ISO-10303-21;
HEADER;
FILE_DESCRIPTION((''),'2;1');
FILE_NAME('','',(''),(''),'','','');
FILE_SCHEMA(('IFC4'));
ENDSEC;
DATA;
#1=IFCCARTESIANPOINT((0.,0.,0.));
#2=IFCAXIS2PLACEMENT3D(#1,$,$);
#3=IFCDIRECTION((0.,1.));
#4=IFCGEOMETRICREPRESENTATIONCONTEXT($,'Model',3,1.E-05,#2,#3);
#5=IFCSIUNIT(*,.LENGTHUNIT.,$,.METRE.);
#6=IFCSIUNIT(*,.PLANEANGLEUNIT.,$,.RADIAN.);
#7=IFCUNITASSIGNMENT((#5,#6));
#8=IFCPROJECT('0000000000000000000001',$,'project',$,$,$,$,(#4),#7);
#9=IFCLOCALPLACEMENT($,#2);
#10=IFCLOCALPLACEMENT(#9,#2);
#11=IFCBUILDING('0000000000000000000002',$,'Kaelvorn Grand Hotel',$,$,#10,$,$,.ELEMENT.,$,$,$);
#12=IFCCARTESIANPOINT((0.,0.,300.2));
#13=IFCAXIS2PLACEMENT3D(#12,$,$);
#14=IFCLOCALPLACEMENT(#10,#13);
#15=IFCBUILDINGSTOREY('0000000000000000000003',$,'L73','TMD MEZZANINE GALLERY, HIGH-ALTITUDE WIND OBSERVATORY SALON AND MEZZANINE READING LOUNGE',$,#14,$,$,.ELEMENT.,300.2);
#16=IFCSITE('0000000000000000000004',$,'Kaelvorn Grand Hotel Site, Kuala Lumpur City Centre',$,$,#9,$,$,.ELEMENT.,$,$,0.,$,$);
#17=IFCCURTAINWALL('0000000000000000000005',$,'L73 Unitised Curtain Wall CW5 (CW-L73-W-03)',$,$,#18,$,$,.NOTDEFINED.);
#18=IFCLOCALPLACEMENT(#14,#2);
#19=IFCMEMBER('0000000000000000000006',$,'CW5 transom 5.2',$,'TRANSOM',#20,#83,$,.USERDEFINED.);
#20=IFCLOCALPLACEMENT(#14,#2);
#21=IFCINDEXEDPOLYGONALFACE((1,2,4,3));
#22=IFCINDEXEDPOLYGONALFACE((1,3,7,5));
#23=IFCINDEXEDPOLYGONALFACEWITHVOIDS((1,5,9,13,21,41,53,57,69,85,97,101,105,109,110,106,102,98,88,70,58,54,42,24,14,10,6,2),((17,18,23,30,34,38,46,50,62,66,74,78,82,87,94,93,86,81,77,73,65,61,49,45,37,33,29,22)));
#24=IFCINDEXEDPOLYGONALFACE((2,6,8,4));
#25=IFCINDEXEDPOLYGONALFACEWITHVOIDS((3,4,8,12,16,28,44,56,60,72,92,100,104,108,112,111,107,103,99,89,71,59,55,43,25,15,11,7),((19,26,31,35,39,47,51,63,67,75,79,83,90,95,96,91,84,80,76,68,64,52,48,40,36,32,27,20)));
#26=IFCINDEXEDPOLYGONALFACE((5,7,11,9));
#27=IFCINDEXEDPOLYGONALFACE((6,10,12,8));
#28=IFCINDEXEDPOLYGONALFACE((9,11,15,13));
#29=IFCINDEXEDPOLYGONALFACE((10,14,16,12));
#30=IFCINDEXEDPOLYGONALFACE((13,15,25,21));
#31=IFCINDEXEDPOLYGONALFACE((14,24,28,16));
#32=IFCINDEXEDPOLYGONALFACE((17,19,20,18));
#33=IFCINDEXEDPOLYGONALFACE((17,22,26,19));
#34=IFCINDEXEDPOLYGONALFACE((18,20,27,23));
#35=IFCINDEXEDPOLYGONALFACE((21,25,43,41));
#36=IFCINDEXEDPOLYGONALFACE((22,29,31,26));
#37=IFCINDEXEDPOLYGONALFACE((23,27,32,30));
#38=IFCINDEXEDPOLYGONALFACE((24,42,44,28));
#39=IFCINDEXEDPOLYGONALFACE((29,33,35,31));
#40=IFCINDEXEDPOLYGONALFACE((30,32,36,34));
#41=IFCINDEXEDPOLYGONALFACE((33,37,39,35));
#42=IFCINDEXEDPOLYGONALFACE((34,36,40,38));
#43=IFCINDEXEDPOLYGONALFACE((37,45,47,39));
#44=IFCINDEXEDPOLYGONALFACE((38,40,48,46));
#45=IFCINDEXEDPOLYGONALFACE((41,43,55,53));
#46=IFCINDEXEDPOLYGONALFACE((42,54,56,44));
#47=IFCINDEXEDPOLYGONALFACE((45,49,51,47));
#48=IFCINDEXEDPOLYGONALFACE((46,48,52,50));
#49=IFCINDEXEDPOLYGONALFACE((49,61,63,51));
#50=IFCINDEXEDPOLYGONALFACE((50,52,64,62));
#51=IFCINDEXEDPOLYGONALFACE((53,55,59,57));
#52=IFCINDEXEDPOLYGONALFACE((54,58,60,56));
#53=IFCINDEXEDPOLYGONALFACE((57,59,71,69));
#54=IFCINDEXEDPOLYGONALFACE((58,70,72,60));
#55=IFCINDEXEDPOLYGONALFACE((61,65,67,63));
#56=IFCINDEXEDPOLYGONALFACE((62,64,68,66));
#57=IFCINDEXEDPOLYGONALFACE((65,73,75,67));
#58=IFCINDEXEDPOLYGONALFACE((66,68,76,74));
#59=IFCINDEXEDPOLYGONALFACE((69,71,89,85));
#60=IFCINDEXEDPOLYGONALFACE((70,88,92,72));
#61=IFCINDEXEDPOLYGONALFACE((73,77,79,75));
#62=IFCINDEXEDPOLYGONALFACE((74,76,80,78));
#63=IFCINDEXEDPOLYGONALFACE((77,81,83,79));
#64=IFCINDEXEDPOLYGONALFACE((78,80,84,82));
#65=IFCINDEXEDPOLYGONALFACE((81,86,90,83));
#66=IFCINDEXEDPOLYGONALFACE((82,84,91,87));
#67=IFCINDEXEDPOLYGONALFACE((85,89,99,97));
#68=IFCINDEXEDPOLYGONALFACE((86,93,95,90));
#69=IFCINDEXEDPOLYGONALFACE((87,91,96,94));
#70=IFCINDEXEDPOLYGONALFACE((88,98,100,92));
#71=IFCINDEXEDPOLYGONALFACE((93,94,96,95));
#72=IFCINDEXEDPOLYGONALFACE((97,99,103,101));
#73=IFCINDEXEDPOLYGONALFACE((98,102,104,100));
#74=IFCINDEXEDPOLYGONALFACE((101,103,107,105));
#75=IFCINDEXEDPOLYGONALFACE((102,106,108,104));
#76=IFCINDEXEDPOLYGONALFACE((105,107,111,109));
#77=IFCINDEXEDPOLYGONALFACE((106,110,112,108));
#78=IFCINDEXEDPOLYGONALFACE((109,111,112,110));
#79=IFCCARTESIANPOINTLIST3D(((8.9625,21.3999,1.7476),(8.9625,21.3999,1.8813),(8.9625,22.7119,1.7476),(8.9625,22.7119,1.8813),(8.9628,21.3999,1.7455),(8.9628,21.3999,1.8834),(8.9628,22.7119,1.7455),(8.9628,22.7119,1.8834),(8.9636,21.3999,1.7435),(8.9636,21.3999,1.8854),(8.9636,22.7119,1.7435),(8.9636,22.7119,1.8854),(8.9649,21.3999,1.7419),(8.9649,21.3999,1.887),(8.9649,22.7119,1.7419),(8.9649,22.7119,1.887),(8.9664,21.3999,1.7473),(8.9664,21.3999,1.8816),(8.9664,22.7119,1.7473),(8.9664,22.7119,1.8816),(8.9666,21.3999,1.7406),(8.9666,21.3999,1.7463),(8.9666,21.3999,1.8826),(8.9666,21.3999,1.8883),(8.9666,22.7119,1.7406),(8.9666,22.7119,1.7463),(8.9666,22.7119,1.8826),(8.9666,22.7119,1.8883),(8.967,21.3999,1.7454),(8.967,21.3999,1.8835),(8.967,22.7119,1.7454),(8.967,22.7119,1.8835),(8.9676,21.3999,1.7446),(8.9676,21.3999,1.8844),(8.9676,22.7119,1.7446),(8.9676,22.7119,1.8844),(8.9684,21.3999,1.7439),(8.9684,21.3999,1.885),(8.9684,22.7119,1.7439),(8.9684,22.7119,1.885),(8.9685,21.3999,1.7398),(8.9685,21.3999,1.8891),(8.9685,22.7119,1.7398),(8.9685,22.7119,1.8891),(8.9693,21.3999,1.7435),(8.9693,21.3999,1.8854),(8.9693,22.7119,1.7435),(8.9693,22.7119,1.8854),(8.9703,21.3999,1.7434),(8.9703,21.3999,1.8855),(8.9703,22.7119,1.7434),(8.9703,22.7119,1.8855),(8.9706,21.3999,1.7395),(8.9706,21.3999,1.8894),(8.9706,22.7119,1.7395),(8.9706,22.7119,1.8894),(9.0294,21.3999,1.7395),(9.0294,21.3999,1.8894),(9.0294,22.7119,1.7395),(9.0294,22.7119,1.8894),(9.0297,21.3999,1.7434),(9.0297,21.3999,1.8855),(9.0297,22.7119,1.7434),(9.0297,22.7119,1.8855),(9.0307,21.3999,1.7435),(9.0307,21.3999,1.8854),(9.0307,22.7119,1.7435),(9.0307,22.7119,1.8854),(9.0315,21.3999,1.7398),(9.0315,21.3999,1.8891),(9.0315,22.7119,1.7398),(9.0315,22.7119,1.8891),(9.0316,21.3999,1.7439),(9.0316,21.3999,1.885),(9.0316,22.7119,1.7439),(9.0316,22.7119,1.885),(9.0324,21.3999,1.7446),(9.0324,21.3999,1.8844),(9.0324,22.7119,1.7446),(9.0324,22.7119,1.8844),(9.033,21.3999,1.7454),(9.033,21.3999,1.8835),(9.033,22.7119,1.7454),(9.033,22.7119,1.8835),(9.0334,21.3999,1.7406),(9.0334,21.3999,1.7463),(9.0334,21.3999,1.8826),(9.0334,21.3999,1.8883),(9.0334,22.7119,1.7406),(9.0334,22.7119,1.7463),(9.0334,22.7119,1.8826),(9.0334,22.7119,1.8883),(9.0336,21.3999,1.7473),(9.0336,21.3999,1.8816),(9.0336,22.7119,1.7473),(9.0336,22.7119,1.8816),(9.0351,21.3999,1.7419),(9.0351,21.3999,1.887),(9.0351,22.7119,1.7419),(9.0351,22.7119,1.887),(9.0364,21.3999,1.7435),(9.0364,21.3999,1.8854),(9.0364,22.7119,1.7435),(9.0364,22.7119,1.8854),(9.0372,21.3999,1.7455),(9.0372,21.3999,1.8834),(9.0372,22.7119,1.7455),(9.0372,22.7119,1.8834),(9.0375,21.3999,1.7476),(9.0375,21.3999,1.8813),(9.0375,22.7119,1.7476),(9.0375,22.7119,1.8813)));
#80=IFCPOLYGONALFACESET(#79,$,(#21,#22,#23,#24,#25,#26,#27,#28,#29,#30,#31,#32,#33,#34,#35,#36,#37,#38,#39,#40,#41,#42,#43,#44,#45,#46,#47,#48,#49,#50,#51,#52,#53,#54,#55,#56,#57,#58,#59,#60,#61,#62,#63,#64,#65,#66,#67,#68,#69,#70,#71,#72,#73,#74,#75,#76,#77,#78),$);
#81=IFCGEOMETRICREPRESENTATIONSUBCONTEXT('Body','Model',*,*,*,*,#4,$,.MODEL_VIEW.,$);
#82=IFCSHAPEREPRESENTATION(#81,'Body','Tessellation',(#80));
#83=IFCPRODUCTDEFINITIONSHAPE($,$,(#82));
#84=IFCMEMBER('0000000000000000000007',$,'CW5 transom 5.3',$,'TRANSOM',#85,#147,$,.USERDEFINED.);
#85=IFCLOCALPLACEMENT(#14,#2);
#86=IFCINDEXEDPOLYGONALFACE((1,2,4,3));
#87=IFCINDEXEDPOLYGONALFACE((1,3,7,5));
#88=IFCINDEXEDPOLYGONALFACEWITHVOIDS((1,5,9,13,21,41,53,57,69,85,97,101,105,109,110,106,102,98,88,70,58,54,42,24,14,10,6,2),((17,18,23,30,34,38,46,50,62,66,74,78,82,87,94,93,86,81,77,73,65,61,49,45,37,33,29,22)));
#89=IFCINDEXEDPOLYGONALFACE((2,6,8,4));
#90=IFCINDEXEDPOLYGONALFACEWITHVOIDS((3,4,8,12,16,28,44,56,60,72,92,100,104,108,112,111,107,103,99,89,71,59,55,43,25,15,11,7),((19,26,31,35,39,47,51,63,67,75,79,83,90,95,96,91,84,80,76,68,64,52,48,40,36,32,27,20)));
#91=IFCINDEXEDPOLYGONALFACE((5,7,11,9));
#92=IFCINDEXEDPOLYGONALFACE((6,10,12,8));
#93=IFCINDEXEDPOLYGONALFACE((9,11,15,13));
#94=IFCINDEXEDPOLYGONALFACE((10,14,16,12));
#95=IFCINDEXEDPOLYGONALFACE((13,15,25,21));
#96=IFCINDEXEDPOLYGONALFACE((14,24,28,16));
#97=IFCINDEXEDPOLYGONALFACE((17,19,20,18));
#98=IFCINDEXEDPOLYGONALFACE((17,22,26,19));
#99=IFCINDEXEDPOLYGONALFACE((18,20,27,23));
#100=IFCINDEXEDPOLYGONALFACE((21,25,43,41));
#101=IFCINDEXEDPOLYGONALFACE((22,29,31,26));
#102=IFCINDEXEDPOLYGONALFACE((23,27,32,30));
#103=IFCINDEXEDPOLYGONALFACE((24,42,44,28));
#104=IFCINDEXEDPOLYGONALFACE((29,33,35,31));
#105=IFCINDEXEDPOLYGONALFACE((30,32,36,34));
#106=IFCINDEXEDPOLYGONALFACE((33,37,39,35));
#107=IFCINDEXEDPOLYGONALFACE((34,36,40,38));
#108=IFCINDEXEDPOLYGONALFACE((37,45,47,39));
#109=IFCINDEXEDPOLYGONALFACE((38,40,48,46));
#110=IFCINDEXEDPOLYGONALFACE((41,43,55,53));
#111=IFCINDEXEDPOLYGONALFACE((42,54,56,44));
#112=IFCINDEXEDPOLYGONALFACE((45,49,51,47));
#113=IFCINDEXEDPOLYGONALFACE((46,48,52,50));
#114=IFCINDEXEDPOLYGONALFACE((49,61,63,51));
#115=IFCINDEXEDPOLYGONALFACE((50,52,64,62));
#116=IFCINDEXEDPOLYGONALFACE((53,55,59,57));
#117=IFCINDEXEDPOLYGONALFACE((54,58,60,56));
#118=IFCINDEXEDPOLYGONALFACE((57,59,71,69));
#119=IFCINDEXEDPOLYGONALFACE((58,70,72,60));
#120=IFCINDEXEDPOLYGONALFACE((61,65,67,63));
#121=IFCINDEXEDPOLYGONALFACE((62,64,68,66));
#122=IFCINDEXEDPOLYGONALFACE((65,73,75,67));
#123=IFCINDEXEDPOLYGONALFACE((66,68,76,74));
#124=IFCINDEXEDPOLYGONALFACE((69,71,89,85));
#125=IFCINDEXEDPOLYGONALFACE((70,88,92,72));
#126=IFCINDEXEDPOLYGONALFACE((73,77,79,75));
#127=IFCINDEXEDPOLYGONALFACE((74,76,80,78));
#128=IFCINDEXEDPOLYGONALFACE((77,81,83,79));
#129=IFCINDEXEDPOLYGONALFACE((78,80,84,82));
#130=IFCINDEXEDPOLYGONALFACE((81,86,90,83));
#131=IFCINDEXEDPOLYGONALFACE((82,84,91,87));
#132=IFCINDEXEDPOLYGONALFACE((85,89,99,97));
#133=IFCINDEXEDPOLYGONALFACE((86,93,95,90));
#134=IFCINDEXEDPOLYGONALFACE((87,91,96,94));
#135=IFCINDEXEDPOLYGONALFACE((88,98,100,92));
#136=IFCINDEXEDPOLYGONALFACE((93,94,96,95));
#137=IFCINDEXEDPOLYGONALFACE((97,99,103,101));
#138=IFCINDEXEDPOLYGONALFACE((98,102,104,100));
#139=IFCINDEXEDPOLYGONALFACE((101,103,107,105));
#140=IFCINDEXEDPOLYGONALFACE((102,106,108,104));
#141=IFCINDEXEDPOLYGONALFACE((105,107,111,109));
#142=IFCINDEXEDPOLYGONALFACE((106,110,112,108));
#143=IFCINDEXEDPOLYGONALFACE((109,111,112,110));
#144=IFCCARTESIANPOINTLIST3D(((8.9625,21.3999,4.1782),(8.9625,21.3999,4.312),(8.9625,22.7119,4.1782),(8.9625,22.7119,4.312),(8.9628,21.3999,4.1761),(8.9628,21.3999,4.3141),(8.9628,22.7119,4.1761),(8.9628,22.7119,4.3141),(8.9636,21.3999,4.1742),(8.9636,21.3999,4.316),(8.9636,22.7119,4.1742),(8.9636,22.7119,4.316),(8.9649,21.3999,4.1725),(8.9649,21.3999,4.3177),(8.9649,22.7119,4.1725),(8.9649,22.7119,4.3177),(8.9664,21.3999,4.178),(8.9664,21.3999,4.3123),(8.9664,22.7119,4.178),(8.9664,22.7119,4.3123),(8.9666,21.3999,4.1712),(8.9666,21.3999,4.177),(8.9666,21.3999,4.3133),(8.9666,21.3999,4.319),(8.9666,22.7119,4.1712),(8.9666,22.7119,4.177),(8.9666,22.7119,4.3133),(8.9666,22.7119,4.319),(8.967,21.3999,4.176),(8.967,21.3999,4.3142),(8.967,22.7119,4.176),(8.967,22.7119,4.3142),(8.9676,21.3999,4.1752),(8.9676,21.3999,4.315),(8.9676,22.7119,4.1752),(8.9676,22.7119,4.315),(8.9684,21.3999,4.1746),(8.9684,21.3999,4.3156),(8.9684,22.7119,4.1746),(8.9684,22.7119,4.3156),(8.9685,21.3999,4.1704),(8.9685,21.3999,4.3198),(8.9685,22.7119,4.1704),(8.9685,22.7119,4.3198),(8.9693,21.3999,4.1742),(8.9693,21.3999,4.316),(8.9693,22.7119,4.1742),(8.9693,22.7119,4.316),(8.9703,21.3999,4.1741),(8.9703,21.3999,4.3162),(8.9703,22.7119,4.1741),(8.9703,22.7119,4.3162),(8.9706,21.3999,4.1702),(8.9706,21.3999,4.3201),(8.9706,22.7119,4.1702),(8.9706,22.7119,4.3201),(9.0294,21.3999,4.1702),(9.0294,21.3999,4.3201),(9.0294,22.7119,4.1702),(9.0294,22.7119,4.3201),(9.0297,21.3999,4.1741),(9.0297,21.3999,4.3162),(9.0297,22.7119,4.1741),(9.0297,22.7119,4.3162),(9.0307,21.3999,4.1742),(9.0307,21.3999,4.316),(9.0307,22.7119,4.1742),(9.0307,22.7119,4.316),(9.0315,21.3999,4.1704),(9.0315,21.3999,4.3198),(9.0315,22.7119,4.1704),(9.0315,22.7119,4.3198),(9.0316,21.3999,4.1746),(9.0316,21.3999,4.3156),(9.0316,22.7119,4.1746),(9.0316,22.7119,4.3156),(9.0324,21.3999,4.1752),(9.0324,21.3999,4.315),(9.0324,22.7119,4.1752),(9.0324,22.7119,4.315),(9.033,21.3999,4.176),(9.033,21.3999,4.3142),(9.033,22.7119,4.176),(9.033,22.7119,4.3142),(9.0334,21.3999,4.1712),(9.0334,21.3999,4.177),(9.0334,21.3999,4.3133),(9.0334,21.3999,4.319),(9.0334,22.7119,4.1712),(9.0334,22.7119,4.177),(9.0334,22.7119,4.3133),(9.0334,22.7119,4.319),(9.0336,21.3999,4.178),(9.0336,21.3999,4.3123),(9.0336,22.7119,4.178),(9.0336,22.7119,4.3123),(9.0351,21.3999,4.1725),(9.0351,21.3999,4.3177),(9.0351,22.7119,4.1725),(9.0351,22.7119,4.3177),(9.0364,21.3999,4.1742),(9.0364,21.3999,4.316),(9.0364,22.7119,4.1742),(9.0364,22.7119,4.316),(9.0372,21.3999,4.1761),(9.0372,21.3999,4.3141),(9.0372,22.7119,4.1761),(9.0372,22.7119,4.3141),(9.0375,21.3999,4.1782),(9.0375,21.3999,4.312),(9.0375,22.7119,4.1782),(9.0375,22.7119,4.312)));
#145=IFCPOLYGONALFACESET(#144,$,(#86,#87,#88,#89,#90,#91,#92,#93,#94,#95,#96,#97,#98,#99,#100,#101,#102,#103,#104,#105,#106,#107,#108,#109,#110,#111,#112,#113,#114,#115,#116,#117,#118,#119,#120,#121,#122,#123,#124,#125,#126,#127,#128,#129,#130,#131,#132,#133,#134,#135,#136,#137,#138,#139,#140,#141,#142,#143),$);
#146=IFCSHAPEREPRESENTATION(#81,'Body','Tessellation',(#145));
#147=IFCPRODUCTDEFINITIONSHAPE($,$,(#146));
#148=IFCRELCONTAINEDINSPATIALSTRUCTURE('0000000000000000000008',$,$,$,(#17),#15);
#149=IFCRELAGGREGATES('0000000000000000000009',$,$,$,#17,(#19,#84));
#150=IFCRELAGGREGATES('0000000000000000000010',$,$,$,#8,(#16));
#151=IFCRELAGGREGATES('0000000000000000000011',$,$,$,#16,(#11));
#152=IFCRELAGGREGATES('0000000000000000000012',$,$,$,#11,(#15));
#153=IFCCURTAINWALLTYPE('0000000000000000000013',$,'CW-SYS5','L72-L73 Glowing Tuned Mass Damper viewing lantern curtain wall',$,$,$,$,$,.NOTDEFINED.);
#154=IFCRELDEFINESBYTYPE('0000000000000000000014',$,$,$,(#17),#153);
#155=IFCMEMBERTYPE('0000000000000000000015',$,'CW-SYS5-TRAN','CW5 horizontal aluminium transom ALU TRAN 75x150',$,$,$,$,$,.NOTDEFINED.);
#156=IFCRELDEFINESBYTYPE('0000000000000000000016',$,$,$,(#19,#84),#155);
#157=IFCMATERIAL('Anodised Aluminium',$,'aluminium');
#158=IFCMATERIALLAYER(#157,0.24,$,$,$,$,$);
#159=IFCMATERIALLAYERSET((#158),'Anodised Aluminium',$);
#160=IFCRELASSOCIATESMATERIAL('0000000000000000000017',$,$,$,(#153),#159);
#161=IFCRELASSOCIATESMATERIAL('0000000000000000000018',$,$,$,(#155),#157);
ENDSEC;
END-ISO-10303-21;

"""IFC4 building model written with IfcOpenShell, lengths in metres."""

from ifc_helpers import new_model, si_unit, direction, frame, origin, origin_2d, place, context, subcontext, project, spatial, hollow_rectangle, extrude, material, layer, layer_set, material_profile, profile_set, type_object, element, aggregate, save


model = new_model("IFC4")

# Units and contexts
model_context = context("Model", 3, precision=1e-05, world=origin(), true_north=direction((0.0, 1.0)))
body_context = subcontext(model_context, "Body", "Model", "MODEL_VIEW")
ifc_project = project(units=[si_unit("LENGTHUNIT", "METRE"), si_unit("PLANEANGLEUNIT", "RADIAN")], contexts=[model_context])

# Site, building, storey
site_placement = place(None, origin())
site = spatial("IfcSite", under=ifc_project, at=site_placement, Name="Kaelvorn Grand Hotel Site, Kuala Lumpur City Centre", CompositionType="ELEMENT", RefElevation=0.0)
building_placement = place(site_placement, origin())
building = spatial("IfcBuilding", under=site, at=building_placement, Name="Kaelvorn Grand Hotel", CompositionType="ELEMENT")
storey_placement = place(building_placement, frame((0.0, 0.0, 300.2)))
storey = spatial("IfcBuildingStorey", under=building, at=storey_placement, Name="L73", Description="TMD MEZZANINE GALLERY, HIGH-ALTITUDE WIND OBSERVATORY SALON AND MEZZANINE READING LOUNGE", CompositionType="ELEMENT", Elevation=300.2)

# Curtain wall
ifc_material_1 = material(Name="Anodised Aluminium", Category="aluminium")
ifc_layer_1 = layer(ifc_material_1, 0.24)
ifc_layer_set_1 = layer_set([ifc_layer_1], Name="Anodised Aluminium")
curtain_wall_type = type_object("IfcCurtainWallType", Name="CW-SYS5", Description="L72-L73 Glowing Tuned Mass Damper viewing lantern curtain wall", PredefinedType="NOTDEFINED", material=ifc_layer_set_1)
curtain_wall_1_placement = place(storey_placement, origin())
curtain_wall_1 = element("IfcCurtainWall", 1, at=curtain_wall_1_placement, inside=storey, type_object=curtain_wall_type, Name="L73 Unitised Curtain Wall CW5 (CW-L73-W-03)", PredefinedType="NOTDEFINED")

# Members
ifc_material_profile_1 = material_profile(ifc_material_1, hollow_rectangle(XDim=0.075, YDim=0.1499, WallThickness=0.0039, InnerFilletRadius=0.0039, OuterFilletRadius=0.0081, at=origin_2d()), Name="ALU TRAN 75x150")
ifc_profile_set_1 = profile_set([ifc_material_profile_1], Name="Anodised Aluminium")
member_type_1 = type_object("IfcMemberType", Name="CW-SYS5-TRAN", Description="CW5 horizontal aluminium transom ALU TRAN 75x150", PredefinedType="NOTDEFINED", material=ifc_profile_set_1)
member_1_placement = place(storey_placement, frame((9.0, 22.7119, 1.8145), z_axis=(0.0, -1.0, 0.0), x_axis=(1.0, 0.0, 0.0)))
member_1 = element("IfcMember", 2, at=member_1_placement, type_object=member_type_1, Name="CW5 transom 5.2", ObjectType="TRANSOM", PredefinedType="USERDEFINED", context=body_context, shape_type="SweptSolid", body=[
    extrude(hollow_rectangle(XDim=0.075, YDim=0.1499, WallThickness=0.0039, InnerFilletRadius=0.0039, OuterFilletRadius=0.0081, at=origin_2d()), origin(), (0.0, 0.0, 1.0), 1.312),
])
member_2_placement = place(storey_placement, frame((9.0, 22.7119, 4.2451), z_axis=(0.0, -1.0, 0.0), x_axis=(1.0, 0.0, 0.0)))
member_2 = element("IfcMember", 3, at=member_2_placement, type_object=member_type_1, Name="CW5 transom 5.3", ObjectType="TRANSOM", PredefinedType="USERDEFINED", context=body_context, shape_type="SweptSolid", body=[
    extrude(hollow_rectangle(XDim=0.075, YDim=0.1499, WallThickness=0.0039, InnerFilletRadius=0.0039, OuterFilletRadius=0.0081, at=origin_2d()), origin(), (0.0, 0.0, 1.0), 1.312),
])

aggregate(curtain_wall_1, [member_1, member_2])

save(model, "model.ifc")
